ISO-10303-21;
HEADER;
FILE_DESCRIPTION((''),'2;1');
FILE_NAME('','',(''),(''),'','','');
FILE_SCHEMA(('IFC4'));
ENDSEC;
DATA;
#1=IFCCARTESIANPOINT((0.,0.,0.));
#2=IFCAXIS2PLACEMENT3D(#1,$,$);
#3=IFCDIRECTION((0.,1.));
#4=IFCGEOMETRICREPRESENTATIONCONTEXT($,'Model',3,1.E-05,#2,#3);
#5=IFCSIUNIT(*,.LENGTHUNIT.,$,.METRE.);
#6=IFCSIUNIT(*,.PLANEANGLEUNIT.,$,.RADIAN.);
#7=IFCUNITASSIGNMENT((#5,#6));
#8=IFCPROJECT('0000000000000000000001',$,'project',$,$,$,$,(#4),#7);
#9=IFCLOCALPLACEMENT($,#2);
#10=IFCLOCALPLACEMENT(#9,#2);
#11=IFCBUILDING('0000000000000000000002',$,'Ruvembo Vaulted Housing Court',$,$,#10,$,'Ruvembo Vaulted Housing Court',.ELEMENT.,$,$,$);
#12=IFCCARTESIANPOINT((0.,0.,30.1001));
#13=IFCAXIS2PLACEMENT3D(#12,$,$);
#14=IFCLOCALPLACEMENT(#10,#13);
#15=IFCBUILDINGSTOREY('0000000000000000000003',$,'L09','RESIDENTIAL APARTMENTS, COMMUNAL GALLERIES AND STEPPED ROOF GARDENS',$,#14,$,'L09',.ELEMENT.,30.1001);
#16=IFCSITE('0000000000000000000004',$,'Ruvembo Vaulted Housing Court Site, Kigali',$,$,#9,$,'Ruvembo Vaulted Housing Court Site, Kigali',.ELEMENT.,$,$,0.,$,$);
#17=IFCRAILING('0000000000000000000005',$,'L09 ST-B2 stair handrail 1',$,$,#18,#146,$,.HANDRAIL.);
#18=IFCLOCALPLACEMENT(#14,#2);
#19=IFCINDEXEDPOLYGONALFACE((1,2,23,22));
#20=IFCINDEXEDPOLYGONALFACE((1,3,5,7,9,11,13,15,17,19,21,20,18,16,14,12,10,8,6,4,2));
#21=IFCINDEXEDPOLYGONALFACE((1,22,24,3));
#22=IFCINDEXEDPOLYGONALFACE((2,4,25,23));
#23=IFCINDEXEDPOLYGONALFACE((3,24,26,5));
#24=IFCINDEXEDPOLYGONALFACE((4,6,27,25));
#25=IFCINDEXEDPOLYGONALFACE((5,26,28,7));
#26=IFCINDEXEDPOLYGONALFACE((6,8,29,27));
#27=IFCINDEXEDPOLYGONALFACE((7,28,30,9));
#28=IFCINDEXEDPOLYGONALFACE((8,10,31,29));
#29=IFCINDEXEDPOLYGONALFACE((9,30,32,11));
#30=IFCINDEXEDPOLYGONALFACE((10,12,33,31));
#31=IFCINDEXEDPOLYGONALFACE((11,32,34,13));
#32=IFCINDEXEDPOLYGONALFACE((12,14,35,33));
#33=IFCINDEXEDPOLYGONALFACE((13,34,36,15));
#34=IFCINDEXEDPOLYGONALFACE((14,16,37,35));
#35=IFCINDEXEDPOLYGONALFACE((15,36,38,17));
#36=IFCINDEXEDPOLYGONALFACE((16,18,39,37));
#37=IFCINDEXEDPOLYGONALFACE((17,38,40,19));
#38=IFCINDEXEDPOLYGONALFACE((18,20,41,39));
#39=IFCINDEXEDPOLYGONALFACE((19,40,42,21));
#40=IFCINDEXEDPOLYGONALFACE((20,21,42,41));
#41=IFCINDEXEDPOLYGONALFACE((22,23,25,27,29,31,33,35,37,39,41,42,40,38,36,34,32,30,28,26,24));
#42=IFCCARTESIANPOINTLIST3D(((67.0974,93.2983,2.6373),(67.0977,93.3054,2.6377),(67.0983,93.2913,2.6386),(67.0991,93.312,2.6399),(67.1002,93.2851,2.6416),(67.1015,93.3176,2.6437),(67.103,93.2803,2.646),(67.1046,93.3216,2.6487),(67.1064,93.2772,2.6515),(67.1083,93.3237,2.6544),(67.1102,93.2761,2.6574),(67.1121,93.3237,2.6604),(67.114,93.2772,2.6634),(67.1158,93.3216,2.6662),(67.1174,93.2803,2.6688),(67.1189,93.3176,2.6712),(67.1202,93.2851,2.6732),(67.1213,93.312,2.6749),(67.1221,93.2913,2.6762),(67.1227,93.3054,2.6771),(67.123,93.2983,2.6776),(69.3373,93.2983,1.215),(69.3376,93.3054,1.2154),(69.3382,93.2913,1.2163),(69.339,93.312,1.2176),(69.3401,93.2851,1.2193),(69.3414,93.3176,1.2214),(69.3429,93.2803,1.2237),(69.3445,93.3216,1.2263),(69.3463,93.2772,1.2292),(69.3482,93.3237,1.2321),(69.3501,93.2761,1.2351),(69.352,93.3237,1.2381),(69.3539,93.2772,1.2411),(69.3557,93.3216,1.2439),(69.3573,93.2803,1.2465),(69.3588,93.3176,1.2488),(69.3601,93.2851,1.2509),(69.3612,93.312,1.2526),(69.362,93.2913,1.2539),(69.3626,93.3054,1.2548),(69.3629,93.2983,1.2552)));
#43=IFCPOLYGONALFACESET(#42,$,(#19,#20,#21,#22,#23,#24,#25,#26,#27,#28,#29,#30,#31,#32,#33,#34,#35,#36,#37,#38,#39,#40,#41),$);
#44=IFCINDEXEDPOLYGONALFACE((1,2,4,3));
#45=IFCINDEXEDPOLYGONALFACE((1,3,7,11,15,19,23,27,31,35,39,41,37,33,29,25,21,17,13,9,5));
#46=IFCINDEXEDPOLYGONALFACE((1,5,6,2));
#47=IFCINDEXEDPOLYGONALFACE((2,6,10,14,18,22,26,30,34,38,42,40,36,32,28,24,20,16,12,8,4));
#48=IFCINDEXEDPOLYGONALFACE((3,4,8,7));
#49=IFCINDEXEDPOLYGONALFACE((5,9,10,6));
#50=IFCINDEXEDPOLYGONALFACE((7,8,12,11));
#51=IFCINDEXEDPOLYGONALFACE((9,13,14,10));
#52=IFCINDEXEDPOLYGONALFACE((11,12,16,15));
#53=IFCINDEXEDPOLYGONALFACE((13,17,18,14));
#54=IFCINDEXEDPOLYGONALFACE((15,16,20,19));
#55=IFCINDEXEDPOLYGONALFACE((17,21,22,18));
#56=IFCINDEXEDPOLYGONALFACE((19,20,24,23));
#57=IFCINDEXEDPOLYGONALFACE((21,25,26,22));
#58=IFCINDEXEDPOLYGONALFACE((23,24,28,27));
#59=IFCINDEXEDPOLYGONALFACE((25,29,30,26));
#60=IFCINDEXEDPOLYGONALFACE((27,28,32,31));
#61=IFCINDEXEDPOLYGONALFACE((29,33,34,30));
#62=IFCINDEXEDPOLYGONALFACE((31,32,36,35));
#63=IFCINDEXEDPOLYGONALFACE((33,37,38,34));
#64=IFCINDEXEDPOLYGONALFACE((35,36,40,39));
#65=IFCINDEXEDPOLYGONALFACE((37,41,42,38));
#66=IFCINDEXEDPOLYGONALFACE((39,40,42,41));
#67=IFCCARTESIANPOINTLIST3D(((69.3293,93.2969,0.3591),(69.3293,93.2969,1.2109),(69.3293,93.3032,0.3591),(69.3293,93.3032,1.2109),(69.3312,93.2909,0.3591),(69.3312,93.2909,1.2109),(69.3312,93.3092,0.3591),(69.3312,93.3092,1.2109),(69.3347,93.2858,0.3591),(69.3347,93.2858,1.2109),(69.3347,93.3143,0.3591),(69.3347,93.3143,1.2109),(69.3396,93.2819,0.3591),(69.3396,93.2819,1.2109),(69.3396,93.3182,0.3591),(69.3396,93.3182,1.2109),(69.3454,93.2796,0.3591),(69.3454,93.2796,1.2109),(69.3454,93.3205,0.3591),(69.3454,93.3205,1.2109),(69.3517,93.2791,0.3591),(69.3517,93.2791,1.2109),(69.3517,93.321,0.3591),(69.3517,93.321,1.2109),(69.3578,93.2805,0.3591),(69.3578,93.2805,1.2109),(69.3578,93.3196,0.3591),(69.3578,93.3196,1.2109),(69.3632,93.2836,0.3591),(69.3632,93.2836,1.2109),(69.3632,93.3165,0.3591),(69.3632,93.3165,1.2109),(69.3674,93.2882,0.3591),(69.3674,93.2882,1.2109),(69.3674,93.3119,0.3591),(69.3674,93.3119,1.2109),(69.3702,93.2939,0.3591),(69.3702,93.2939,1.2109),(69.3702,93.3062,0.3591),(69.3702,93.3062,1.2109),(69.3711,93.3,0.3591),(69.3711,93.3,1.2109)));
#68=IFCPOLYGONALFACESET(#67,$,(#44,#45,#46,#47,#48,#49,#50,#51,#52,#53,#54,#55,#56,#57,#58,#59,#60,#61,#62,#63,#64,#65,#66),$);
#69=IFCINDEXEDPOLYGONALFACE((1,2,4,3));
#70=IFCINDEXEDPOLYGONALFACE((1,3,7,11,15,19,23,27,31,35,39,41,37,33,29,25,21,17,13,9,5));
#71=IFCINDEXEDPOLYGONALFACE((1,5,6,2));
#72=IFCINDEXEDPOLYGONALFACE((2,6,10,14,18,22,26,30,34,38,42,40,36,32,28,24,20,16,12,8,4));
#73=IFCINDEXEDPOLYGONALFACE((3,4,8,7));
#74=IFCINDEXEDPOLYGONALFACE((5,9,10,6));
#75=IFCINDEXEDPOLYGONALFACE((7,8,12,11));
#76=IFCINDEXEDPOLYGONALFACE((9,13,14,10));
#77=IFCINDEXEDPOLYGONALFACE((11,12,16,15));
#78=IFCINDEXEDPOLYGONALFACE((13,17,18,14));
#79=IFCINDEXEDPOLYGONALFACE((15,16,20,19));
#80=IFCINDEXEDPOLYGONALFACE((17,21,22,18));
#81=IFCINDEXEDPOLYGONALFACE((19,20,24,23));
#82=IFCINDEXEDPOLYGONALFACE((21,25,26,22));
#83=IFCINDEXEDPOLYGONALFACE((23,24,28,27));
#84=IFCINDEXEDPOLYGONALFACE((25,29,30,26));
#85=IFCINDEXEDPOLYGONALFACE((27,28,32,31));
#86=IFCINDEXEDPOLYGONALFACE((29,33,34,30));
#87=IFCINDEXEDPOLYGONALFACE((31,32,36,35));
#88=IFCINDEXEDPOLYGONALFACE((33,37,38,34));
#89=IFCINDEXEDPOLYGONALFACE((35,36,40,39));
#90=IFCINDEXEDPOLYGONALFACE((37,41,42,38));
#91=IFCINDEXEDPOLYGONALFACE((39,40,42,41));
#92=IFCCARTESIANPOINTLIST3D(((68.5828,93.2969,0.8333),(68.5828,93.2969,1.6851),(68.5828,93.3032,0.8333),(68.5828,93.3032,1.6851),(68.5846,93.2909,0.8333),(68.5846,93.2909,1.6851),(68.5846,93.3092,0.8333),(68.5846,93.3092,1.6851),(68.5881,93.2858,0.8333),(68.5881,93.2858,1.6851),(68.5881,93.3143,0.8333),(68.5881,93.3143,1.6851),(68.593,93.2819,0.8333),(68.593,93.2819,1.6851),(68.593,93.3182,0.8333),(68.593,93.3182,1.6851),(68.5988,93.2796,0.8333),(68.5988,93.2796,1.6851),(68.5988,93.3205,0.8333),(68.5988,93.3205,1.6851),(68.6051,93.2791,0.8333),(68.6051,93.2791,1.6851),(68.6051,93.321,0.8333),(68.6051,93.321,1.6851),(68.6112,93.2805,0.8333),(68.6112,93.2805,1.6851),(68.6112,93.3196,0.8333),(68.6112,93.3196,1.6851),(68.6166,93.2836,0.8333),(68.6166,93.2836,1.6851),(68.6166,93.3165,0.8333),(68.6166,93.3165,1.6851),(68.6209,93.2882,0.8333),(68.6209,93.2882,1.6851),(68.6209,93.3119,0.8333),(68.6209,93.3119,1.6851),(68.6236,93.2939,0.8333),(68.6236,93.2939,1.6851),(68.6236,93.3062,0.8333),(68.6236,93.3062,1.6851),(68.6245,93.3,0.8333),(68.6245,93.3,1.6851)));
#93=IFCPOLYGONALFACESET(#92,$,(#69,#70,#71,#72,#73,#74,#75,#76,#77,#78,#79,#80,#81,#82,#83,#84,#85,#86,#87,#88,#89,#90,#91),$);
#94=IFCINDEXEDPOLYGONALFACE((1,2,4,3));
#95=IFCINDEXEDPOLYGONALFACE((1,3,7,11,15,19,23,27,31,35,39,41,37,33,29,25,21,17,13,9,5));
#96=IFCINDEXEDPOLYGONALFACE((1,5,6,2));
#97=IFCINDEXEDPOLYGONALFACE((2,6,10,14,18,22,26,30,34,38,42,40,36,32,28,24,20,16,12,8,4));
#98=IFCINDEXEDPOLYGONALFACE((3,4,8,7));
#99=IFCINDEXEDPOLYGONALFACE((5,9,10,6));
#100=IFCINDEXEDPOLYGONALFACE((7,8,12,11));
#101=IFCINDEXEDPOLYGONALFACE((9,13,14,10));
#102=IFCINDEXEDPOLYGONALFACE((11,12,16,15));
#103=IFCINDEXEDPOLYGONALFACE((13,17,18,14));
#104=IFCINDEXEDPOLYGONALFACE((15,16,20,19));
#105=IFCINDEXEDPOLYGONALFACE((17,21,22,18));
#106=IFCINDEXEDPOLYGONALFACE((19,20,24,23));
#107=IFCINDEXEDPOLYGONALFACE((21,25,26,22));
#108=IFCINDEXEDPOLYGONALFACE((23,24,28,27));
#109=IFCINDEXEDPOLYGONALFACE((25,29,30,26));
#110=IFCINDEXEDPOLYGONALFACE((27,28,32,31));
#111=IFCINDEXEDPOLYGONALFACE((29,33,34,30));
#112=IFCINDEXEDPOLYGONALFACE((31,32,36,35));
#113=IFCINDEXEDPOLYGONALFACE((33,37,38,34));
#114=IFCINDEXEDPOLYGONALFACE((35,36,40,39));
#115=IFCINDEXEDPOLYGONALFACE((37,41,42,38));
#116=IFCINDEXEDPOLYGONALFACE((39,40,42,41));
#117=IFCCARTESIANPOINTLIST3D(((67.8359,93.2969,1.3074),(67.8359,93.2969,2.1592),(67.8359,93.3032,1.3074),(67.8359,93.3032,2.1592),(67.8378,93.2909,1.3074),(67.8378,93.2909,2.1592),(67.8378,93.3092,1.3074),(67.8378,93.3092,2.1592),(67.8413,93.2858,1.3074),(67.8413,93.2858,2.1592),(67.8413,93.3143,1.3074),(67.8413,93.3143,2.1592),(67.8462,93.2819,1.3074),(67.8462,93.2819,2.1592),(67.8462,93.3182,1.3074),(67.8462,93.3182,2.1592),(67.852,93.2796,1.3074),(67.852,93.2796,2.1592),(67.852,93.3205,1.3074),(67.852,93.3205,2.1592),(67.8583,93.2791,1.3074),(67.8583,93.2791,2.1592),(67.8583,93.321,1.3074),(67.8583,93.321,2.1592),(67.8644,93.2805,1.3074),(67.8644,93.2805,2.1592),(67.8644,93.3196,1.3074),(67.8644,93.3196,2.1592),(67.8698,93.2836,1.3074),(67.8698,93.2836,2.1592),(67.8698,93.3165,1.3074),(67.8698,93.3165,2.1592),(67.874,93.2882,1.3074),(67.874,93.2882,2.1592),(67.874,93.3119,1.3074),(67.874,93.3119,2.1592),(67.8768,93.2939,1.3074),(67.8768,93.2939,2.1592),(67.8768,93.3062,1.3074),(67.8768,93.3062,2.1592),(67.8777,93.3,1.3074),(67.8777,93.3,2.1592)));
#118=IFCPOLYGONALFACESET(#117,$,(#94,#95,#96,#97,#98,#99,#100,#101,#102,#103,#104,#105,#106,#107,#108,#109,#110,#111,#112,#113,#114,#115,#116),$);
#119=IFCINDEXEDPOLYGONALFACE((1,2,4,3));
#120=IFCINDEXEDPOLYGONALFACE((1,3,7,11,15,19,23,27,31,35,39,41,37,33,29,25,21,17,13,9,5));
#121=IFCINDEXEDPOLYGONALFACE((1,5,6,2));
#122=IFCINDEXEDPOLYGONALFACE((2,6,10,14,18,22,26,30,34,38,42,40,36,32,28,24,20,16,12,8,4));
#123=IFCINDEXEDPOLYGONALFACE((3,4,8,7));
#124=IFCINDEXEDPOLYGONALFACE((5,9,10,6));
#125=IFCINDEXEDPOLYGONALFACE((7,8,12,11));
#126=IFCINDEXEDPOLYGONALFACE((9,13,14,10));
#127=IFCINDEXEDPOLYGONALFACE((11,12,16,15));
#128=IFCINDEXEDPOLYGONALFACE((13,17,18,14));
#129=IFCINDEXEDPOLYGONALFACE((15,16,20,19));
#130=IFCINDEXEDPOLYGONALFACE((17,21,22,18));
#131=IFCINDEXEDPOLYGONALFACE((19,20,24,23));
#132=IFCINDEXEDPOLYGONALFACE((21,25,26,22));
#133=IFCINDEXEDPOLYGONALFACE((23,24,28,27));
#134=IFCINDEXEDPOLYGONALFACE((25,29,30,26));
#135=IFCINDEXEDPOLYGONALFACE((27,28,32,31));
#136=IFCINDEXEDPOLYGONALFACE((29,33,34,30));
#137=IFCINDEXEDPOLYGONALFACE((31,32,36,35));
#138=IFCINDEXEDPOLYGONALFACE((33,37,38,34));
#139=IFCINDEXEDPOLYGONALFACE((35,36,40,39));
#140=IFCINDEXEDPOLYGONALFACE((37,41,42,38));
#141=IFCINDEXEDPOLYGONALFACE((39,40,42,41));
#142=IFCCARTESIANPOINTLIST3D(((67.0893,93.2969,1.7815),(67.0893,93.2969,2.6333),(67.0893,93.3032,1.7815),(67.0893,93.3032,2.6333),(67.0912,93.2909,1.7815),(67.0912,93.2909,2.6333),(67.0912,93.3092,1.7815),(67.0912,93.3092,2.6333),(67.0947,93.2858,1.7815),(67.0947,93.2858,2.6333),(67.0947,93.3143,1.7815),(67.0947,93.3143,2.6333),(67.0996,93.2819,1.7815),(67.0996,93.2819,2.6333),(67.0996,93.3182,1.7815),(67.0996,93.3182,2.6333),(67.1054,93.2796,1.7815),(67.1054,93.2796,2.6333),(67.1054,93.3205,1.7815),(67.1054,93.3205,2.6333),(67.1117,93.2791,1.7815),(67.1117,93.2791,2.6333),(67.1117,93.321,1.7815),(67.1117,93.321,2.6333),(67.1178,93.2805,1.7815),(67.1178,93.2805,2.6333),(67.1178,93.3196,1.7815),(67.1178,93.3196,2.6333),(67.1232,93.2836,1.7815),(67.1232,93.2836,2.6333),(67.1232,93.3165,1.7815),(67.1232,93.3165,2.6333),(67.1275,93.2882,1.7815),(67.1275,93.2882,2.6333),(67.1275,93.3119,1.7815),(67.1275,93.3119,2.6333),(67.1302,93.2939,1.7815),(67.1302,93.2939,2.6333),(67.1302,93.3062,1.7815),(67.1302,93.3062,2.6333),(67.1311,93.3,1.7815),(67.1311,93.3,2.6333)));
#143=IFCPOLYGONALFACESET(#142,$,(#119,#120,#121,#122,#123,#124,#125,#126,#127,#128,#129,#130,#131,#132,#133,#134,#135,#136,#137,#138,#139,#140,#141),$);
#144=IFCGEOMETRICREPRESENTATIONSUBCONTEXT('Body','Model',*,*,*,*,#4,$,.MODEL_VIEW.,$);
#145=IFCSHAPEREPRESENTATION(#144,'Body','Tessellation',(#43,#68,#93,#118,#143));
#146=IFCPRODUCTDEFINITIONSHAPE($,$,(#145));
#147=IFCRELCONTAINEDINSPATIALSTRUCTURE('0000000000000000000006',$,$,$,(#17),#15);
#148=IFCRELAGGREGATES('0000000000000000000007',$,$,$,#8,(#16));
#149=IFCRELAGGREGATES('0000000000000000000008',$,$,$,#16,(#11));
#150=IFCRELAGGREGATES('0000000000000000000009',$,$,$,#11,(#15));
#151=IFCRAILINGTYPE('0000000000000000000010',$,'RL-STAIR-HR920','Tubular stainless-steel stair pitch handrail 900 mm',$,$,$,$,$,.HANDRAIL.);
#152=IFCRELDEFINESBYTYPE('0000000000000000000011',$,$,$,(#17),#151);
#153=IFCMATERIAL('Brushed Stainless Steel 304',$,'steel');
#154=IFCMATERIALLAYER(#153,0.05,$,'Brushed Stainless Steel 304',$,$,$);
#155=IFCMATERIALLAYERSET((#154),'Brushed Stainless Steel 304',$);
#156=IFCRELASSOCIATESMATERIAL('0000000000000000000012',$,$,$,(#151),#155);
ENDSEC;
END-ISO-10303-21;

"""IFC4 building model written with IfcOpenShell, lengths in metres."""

from ifc_helpers import new_model, si_unit, direction, frame, origin, origin_2d, place, context, subcontext, project, spatial, circle, extrude, material, layer, layer_set, type_object, element, save


model = new_model("IFC4")

# Units and contexts
model_context = context("Model", 3, precision=1e-05, world=origin(), true_north=direction((0.0, 1.0)))
body_context = subcontext(model_context, "Body", "Model", "MODEL_VIEW")
ifc_project = project(units=[si_unit("LENGTHUNIT", "METRE"), si_unit("PLANEANGLEUNIT", "RADIAN")], contexts=[model_context])

# Site, building, storey
site_placement = place(None, origin())
site = spatial("IfcSite", under=ifc_project, at=site_placement, Name="Ruvembo Vaulted Housing Court Site, Kigali", LongName="Ruvembo Vaulted Housing Court Site, Kigali", CompositionType="ELEMENT", RefElevation=0.0)
building_placement = place(site_placement, origin())
building = spatial("IfcBuilding", under=site, at=building_placement, Name="Ruvembo Vaulted Housing Court", LongName="Ruvembo Vaulted Housing Court", CompositionType="ELEMENT")
storey_placement = place(building_placement, frame((0.0, 0.0, 30.1001)))
storey = spatial("IfcBuildingStorey", under=building, at=storey_placement, Name="L09", Description="RESIDENTIAL APARTMENTS, COMMUNAL GALLERIES AND STEPPED ROOF GARDENS", LongName="L09", CompositionType="ELEMENT", Elevation=30.1001)

# Shared definitions
ifc_material_1 = material(Name="Brushed Stainless Steel 304", Category="steel")

# Railing
ifc_layer_1 = layer(ifc_material_1, 0.05, Name="Brushed Stainless Steel 304")
ifc_layer_set_1 = layer_set([ifc_layer_1], Name="Brushed Stainless Steel 304")
railing_type_1 = type_object("IfcRailingType", Name="RL-STAIR-HR920", Description="Tubular stainless-steel stair pitch handrail 900 mm", PredefinedType="HANDRAIL", material=ifc_layer_set_1)
railing_1_placement = place(storey_placement, frame((69.3501, 93.3, 0.3591)))
element("IfcRailing", 1, at=railing_1_placement, inside=storey, type_object=railing_type_1, Name="L09 ST-B2 stair handrail 1", PredefinedType="HANDRAIL", context=body_context, shape_type="SweptSolid", body=[
    extrude(circle(Radius=0.0239, at=origin_2d()), frame((0.0, 0.0, 0.876), z_axis=(-0.844188, 0.0, 0.536048), x_axis=(0.0, -1.0, 0.0)), (0.0, 0.0, 1.0), 2.6533),
    extrude(circle(Radius=0.021, at=origin_2d()), origin(), (0.0, 0.0, 1.0), 0.8518),
    extrude(circle(Radius=0.021, at=origin_2d()), frame((-0.7466, 0.0, 0.4741)), (0.0, 0.0, 1.0), 0.8518),
    extrude(circle(Radius=0.021, at=origin_2d()), frame((-1.4934, 0.0, 0.9482)), (0.0, 0.0, 1.0), 0.8518),
    extrude(circle(Radius=0.021, at=origin_2d()), frame((-2.24, 0.0, 1.4224)), (0.0, 0.0, 1.0), 0.8518),
])

save(model, "model.ifc")
